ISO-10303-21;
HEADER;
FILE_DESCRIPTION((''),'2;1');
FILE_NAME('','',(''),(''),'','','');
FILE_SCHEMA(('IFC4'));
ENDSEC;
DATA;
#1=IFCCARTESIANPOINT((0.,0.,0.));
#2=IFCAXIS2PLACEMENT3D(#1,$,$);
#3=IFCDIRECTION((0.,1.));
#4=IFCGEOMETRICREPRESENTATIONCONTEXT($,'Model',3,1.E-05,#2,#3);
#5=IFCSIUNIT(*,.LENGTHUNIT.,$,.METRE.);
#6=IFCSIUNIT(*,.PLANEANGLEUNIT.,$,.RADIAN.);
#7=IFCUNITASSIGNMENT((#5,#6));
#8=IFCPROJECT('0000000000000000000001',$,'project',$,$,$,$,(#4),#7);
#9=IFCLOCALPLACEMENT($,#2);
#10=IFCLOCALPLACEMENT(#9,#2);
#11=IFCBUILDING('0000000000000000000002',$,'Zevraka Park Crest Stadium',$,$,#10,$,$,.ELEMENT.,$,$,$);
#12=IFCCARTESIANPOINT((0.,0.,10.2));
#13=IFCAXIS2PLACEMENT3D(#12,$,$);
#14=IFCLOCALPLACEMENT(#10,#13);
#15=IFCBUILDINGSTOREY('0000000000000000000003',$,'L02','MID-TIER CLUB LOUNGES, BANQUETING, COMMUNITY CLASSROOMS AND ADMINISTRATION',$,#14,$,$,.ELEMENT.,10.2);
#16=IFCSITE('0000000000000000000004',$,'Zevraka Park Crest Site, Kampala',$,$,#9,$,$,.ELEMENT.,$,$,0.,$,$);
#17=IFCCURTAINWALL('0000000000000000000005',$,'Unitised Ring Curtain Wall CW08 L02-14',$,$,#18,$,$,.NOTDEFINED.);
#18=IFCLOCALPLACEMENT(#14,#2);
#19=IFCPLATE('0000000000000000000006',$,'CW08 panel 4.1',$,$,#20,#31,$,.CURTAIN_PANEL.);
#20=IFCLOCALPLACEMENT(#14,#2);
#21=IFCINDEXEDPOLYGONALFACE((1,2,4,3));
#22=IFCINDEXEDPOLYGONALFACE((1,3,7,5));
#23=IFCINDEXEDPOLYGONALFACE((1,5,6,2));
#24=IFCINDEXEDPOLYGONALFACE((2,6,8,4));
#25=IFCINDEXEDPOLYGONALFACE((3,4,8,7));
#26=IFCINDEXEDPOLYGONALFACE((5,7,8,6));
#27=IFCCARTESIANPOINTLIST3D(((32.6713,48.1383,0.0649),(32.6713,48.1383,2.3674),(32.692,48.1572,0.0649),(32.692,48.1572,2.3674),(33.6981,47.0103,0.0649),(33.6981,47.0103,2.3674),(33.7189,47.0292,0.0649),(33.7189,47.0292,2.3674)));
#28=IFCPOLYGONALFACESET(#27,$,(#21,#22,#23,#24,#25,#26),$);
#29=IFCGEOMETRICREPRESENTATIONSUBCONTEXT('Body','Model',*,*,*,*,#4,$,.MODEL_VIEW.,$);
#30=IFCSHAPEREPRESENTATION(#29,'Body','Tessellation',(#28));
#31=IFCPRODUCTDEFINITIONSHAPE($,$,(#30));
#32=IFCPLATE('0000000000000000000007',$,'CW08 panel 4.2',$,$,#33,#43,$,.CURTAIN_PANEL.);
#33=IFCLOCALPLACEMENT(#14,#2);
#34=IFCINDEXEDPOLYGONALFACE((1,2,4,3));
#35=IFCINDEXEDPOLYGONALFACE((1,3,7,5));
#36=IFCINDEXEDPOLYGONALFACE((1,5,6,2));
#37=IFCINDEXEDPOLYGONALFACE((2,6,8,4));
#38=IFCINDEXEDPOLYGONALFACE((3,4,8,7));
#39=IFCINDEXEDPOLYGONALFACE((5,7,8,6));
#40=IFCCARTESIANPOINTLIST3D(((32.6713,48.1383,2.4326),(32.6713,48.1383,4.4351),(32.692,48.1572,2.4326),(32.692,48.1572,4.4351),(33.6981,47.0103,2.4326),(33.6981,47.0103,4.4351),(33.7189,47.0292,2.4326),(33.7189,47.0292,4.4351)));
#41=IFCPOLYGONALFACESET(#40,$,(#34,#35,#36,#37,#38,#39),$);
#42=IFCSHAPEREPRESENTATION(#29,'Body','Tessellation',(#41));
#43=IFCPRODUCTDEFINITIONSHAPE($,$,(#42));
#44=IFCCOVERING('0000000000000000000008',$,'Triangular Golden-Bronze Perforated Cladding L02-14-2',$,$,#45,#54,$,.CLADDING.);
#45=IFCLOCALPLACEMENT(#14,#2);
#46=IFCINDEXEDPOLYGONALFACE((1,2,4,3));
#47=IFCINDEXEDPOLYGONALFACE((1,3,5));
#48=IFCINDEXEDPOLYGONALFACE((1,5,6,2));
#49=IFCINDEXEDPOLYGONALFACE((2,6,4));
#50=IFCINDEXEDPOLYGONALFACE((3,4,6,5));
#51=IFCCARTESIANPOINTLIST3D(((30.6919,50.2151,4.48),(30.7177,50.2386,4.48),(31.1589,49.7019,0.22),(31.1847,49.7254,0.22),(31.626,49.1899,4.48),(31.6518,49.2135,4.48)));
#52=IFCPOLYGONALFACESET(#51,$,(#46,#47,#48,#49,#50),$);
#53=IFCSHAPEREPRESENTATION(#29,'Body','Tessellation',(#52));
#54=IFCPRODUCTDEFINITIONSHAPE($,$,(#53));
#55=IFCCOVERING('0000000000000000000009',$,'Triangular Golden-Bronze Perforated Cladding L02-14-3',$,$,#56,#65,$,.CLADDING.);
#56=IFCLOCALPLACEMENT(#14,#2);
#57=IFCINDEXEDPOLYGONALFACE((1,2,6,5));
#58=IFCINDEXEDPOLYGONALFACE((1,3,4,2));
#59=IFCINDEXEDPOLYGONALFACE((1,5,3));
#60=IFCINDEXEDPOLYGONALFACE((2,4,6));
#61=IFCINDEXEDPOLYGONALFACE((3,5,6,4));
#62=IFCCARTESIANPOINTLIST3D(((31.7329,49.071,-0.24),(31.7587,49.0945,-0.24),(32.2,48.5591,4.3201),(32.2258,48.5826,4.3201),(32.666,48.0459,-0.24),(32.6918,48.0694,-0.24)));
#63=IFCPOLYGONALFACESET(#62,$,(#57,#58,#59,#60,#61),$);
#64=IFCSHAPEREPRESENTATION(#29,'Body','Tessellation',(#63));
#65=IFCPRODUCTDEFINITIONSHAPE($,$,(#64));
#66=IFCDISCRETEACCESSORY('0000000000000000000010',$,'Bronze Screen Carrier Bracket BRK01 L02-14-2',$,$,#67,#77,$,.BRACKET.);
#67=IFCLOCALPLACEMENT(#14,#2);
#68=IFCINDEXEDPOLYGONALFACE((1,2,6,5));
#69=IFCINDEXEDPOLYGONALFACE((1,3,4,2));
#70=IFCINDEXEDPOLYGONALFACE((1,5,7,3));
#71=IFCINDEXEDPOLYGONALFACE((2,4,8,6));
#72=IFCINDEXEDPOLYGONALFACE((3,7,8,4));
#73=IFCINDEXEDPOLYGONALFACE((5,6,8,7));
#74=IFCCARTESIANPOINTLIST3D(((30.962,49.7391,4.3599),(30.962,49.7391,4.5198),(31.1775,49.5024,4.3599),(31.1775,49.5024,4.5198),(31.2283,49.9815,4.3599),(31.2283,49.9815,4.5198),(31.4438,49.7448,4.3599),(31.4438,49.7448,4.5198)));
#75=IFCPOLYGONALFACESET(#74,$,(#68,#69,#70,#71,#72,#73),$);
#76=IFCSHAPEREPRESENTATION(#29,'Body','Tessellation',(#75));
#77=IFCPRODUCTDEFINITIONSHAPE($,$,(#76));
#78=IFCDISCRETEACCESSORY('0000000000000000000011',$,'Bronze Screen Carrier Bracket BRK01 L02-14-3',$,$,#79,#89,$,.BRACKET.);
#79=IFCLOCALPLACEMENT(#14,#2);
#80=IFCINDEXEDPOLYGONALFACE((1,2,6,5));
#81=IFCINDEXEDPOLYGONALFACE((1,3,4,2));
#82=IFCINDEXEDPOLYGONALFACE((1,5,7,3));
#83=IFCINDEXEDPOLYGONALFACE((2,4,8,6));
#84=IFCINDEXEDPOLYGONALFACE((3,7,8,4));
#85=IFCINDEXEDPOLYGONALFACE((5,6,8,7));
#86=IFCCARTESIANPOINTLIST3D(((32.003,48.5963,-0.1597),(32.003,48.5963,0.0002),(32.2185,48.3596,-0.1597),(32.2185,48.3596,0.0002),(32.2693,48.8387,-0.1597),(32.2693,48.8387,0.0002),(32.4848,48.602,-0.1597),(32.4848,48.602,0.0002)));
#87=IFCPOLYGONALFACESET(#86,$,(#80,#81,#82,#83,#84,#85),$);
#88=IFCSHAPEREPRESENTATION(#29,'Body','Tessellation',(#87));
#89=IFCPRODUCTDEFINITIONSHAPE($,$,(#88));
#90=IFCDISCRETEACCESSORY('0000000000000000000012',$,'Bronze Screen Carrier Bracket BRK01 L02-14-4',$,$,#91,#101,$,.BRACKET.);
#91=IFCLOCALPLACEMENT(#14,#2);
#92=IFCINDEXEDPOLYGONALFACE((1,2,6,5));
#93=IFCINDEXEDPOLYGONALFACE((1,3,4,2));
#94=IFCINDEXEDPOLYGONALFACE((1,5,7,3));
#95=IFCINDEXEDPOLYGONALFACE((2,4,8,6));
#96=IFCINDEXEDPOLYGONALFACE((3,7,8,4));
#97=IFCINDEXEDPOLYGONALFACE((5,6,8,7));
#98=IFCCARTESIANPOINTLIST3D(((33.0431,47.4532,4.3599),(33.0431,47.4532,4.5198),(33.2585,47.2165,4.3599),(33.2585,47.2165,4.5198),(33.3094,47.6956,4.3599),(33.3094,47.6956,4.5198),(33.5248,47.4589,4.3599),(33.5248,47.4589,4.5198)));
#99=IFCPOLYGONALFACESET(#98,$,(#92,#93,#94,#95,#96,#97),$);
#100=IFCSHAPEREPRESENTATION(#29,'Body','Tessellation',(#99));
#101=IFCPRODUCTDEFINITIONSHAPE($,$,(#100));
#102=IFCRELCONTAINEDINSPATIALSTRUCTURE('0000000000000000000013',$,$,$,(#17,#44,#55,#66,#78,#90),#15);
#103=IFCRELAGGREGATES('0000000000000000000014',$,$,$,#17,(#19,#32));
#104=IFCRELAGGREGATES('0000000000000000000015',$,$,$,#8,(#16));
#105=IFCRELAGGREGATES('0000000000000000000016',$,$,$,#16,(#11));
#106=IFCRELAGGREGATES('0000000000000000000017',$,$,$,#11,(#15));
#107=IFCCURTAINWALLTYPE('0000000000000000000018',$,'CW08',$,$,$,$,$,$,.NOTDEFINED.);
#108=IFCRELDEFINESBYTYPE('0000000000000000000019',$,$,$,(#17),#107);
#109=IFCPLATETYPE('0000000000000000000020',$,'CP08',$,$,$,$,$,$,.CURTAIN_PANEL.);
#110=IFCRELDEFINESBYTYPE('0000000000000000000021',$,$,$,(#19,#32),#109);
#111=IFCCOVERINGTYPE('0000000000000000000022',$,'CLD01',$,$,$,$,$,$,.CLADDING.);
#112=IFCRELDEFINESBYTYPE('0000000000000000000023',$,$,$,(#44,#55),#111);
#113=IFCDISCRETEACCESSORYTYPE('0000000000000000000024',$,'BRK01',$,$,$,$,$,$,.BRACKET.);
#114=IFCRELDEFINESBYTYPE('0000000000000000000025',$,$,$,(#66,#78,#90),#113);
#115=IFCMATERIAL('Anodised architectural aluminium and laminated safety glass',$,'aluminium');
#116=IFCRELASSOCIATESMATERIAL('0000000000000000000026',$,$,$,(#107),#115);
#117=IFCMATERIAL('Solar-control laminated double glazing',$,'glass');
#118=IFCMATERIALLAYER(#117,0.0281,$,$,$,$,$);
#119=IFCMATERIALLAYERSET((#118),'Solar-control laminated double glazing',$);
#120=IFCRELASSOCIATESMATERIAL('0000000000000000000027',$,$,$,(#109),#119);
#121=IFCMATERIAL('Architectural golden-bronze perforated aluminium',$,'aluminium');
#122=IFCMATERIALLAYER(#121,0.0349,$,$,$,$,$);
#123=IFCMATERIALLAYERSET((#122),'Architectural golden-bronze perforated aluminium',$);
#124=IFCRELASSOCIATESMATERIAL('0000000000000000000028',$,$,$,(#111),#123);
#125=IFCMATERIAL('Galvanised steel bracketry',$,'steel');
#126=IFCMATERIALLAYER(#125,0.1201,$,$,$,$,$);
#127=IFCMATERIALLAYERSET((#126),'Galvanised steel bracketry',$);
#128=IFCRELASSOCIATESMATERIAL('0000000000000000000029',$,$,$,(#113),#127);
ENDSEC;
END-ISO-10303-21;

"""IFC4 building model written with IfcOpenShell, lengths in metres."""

from ifc_helpers import new_model, si_unit, direction, frame, origin, origin_2d, place, context, subcontext, project, spatial, polyline, rectangle, outline, extrude, material, layer, layer_set, type_object, element, aggregate, save


model = new_model("IFC4")

# Units and contexts
model_context = context("Model", 3, precision=1e-05, world=origin(), true_north=direction((0.0, 1.0)))
body_context = subcontext(model_context, "Body", "Model", "MODEL_VIEW")
ifc_project = project(units=[si_unit("LENGTHUNIT", "METRE"), si_unit("PLANEANGLEUNIT", "RADIAN")], contexts=[model_context])

# Site, building, storey
site_placement = place(None, origin())
site = spatial("IfcSite", under=ifc_project, at=site_placement, Name="Zevraka Park Crest Site, Kampala", CompositionType="ELEMENT", RefElevation=0.0)
building_placement = place(site_placement, origin())
building = spatial("IfcBuilding", under=site, at=building_placement, Name="Zevraka Park Crest Stadium", CompositionType="ELEMENT")
storey_placement = place(building_placement, frame((0.0, 0.0, 10.2)))
storey = spatial("IfcBuildingStorey", under=building, at=storey_placement, Name="L02", Description="MID-TIER CLUB LOUNGES, BANQUETING, COMMUNITY CLASSROOMS AND ADMINISTRATION", CompositionType="ELEMENT", Elevation=10.2)

# Curtain wall, plates
ifc_material_1 = material(Name="Anodised architectural aluminium and laminated safety glass", Category="aluminium")
curtain_wall_type = type_object("IfcCurtainWallType", Name="CW08", PredefinedType="NOTDEFINED", material=ifc_material_1)
curtain_wall_placement = place(storey_placement, origin())
curtain_wall = element("IfcCurtainWall", 1, at=curtain_wall_placement, inside=storey, type_object=curtain_wall_type, Name="Unitised Ring Curtain Wall CW08 L02-14", PredefinedType="NOTDEFINED")
ifc_material_2 = material(Name="Solar-control laminated double glazing", Category="glass")
ifc_layer_1 = layer(ifc_material_2, 0.0281)
ifc_layer_set_1 = layer_set([ifc_layer_1], Name="Solar-control laminated double glazing")
plate_type = type_object("IfcPlateType", Name="CP08", PredefinedType="CURTAIN_PANEL", material=ifc_layer_set_1)
plate_1_placement = place(storey_placement, frame((33.1951, 47.5837, 0.0649), z_axis=(0.0, 0.0, 1.0), x_axis=(0.67316, -0.739497, 0.0)))
plate_1 = element("IfcPlate", 2, at=plate_1_placement, type_object=plate_type, Name="CW08 panel 4.1", PredefinedType="CURTAIN_PANEL", context=body_context, shape_type="SweptSolid", body=[
    extrude(rectangle(XDim=1.5254, YDim=0.0281, at=origin_2d()), origin(), (0.0, 0.0, 1.0), 2.3025),
])
plate_2_placement = place(storey_placement, frame((33.1951, 47.5837, 2.4326), z_axis=(0.0, 0.0, 1.0), x_axis=(0.67316, -0.739497, 0.0)))
plate_2 = element("IfcPlate", 3, at=plate_2_placement, type_object=plate_type, Name="CW08 panel 4.2", PredefinedType="CURTAIN_PANEL", context=body_context, shape_type="SweptSolid", body=[
    extrude(rectangle(XDim=1.5254, YDim=0.0281, at=origin_2d()), origin(), (0.0, 0.0, 1.0), 2.0024),
])
aggregate(curtain_wall, [plate_1, plate_2])

# Coverings
ifc_material_3 = material(Name="Architectural golden-bronze perforated aluminium", Category="aluminium")
ifc_layer_2 = layer(ifc_material_3, 0.0349)
ifc_layer_set_2 = layer_set([ifc_layer_2], Name="Architectural golden-bronze perforated aluminium")
covering_type = type_object("IfcCoveringType", Name="CLD01", PredefinedType="CLADDING", material=ifc_layer_set_2)
covering_1_placement = place(storey_placement, frame((31.626, 49.1899, 4.48), z_axis=(-0.739175, -0.673514, 0.000096), x_axis=(-0.673514, 0.739175, 0.0)))
element("IfcCovering", 4, at=covering_1_placement, inside=storey, type_object=covering_type, Name="Triangular Golden-Bronze Perforated Cladding L02-14-2", PredefinedType="CLADDING", context=body_context, shape_type="SweptSolid", body=[
    extrude(outline(polyline([(0.0, 0.0), (1.3869, 0.0), (0.693, 4.26), (0.0, 0.0)])), origin(), (0.0, 0.0, -1.0), 0.0349),
])
covering_2_placement = place(storey_placement, frame((31.7329, 49.071, -0.24), z_axis=(-0.739526, -0.673128, 0.000169), x_axis=(0.673129, -0.739526, 0.0)))
element("IfcCovering", 5, at=covering_2_placement, inside=storey, type_object=covering_type, Name="Triangular Golden-Bronze Perforated Cladding L02-14-3", PredefinedType="CLADDING", context=body_context, shape_type="SweptSolid", body=[
    extrude(outline(polyline([(0.0, 0.0), (1.3862, 0.0), (0.693, 4.5601), (0.0, 0.0)])), origin(), (0.0, 0.0, -1.0), 0.0349),
])

# Discrete accessories
ifc_material_4 = material(Name="Galvanised steel bracketry", Category="steel")
ifc_layer_3 = layer(ifc_material_4, 0.1201)
ifc_layer_set_3 = layer_set([ifc_layer_3], Name="Galvanised steel bracketry")
discrete_accessory_type = type_object("IfcDiscreteAccessoryType", Name="BRK01", PredefinedType="BRACKET", material=ifc_layer_set_3)
for number, where, z_axis, x_axis, name in (
    (6, (31.2029, 49.7419, 4.3599), (0.0, 0.0, 1.0), (0.673142, -0.739514, 0.0), "Bronze Screen Carrier Bracket BRK01 L02-14-2"),
    (7, (32.2439, 48.5991, -0.1597), (0.0, 0.0, 1.0), (0.673142, -0.739514, 0.0), "Bronze Screen Carrier Bracket BRK01 L02-14-3"),
    (8, (33.2839, 47.4561, 4.3599), (0.0, 0.0, 1.0), (0.673142, -0.739514, 0.0), "Bronze Screen Carrier Bracket BRK01 L02-14-4"),
):
    element("IfcDiscreteAccessory", number, at=place(storey_placement, frame(where, z_axis=z_axis, x_axis=x_axis)), inside=storey, type_object=discrete_accessory_type, Name=name, PredefinedType="BRACKET", context=body_context, shape_type="SweptSolid", body=[
        extrude(rectangle(XDim=0.3201, YDim=0.3601, at=origin_2d()), origin(), (0.0, 0.0, 1.0), 0.1599),
    ])

save(model, "model.ifc")
